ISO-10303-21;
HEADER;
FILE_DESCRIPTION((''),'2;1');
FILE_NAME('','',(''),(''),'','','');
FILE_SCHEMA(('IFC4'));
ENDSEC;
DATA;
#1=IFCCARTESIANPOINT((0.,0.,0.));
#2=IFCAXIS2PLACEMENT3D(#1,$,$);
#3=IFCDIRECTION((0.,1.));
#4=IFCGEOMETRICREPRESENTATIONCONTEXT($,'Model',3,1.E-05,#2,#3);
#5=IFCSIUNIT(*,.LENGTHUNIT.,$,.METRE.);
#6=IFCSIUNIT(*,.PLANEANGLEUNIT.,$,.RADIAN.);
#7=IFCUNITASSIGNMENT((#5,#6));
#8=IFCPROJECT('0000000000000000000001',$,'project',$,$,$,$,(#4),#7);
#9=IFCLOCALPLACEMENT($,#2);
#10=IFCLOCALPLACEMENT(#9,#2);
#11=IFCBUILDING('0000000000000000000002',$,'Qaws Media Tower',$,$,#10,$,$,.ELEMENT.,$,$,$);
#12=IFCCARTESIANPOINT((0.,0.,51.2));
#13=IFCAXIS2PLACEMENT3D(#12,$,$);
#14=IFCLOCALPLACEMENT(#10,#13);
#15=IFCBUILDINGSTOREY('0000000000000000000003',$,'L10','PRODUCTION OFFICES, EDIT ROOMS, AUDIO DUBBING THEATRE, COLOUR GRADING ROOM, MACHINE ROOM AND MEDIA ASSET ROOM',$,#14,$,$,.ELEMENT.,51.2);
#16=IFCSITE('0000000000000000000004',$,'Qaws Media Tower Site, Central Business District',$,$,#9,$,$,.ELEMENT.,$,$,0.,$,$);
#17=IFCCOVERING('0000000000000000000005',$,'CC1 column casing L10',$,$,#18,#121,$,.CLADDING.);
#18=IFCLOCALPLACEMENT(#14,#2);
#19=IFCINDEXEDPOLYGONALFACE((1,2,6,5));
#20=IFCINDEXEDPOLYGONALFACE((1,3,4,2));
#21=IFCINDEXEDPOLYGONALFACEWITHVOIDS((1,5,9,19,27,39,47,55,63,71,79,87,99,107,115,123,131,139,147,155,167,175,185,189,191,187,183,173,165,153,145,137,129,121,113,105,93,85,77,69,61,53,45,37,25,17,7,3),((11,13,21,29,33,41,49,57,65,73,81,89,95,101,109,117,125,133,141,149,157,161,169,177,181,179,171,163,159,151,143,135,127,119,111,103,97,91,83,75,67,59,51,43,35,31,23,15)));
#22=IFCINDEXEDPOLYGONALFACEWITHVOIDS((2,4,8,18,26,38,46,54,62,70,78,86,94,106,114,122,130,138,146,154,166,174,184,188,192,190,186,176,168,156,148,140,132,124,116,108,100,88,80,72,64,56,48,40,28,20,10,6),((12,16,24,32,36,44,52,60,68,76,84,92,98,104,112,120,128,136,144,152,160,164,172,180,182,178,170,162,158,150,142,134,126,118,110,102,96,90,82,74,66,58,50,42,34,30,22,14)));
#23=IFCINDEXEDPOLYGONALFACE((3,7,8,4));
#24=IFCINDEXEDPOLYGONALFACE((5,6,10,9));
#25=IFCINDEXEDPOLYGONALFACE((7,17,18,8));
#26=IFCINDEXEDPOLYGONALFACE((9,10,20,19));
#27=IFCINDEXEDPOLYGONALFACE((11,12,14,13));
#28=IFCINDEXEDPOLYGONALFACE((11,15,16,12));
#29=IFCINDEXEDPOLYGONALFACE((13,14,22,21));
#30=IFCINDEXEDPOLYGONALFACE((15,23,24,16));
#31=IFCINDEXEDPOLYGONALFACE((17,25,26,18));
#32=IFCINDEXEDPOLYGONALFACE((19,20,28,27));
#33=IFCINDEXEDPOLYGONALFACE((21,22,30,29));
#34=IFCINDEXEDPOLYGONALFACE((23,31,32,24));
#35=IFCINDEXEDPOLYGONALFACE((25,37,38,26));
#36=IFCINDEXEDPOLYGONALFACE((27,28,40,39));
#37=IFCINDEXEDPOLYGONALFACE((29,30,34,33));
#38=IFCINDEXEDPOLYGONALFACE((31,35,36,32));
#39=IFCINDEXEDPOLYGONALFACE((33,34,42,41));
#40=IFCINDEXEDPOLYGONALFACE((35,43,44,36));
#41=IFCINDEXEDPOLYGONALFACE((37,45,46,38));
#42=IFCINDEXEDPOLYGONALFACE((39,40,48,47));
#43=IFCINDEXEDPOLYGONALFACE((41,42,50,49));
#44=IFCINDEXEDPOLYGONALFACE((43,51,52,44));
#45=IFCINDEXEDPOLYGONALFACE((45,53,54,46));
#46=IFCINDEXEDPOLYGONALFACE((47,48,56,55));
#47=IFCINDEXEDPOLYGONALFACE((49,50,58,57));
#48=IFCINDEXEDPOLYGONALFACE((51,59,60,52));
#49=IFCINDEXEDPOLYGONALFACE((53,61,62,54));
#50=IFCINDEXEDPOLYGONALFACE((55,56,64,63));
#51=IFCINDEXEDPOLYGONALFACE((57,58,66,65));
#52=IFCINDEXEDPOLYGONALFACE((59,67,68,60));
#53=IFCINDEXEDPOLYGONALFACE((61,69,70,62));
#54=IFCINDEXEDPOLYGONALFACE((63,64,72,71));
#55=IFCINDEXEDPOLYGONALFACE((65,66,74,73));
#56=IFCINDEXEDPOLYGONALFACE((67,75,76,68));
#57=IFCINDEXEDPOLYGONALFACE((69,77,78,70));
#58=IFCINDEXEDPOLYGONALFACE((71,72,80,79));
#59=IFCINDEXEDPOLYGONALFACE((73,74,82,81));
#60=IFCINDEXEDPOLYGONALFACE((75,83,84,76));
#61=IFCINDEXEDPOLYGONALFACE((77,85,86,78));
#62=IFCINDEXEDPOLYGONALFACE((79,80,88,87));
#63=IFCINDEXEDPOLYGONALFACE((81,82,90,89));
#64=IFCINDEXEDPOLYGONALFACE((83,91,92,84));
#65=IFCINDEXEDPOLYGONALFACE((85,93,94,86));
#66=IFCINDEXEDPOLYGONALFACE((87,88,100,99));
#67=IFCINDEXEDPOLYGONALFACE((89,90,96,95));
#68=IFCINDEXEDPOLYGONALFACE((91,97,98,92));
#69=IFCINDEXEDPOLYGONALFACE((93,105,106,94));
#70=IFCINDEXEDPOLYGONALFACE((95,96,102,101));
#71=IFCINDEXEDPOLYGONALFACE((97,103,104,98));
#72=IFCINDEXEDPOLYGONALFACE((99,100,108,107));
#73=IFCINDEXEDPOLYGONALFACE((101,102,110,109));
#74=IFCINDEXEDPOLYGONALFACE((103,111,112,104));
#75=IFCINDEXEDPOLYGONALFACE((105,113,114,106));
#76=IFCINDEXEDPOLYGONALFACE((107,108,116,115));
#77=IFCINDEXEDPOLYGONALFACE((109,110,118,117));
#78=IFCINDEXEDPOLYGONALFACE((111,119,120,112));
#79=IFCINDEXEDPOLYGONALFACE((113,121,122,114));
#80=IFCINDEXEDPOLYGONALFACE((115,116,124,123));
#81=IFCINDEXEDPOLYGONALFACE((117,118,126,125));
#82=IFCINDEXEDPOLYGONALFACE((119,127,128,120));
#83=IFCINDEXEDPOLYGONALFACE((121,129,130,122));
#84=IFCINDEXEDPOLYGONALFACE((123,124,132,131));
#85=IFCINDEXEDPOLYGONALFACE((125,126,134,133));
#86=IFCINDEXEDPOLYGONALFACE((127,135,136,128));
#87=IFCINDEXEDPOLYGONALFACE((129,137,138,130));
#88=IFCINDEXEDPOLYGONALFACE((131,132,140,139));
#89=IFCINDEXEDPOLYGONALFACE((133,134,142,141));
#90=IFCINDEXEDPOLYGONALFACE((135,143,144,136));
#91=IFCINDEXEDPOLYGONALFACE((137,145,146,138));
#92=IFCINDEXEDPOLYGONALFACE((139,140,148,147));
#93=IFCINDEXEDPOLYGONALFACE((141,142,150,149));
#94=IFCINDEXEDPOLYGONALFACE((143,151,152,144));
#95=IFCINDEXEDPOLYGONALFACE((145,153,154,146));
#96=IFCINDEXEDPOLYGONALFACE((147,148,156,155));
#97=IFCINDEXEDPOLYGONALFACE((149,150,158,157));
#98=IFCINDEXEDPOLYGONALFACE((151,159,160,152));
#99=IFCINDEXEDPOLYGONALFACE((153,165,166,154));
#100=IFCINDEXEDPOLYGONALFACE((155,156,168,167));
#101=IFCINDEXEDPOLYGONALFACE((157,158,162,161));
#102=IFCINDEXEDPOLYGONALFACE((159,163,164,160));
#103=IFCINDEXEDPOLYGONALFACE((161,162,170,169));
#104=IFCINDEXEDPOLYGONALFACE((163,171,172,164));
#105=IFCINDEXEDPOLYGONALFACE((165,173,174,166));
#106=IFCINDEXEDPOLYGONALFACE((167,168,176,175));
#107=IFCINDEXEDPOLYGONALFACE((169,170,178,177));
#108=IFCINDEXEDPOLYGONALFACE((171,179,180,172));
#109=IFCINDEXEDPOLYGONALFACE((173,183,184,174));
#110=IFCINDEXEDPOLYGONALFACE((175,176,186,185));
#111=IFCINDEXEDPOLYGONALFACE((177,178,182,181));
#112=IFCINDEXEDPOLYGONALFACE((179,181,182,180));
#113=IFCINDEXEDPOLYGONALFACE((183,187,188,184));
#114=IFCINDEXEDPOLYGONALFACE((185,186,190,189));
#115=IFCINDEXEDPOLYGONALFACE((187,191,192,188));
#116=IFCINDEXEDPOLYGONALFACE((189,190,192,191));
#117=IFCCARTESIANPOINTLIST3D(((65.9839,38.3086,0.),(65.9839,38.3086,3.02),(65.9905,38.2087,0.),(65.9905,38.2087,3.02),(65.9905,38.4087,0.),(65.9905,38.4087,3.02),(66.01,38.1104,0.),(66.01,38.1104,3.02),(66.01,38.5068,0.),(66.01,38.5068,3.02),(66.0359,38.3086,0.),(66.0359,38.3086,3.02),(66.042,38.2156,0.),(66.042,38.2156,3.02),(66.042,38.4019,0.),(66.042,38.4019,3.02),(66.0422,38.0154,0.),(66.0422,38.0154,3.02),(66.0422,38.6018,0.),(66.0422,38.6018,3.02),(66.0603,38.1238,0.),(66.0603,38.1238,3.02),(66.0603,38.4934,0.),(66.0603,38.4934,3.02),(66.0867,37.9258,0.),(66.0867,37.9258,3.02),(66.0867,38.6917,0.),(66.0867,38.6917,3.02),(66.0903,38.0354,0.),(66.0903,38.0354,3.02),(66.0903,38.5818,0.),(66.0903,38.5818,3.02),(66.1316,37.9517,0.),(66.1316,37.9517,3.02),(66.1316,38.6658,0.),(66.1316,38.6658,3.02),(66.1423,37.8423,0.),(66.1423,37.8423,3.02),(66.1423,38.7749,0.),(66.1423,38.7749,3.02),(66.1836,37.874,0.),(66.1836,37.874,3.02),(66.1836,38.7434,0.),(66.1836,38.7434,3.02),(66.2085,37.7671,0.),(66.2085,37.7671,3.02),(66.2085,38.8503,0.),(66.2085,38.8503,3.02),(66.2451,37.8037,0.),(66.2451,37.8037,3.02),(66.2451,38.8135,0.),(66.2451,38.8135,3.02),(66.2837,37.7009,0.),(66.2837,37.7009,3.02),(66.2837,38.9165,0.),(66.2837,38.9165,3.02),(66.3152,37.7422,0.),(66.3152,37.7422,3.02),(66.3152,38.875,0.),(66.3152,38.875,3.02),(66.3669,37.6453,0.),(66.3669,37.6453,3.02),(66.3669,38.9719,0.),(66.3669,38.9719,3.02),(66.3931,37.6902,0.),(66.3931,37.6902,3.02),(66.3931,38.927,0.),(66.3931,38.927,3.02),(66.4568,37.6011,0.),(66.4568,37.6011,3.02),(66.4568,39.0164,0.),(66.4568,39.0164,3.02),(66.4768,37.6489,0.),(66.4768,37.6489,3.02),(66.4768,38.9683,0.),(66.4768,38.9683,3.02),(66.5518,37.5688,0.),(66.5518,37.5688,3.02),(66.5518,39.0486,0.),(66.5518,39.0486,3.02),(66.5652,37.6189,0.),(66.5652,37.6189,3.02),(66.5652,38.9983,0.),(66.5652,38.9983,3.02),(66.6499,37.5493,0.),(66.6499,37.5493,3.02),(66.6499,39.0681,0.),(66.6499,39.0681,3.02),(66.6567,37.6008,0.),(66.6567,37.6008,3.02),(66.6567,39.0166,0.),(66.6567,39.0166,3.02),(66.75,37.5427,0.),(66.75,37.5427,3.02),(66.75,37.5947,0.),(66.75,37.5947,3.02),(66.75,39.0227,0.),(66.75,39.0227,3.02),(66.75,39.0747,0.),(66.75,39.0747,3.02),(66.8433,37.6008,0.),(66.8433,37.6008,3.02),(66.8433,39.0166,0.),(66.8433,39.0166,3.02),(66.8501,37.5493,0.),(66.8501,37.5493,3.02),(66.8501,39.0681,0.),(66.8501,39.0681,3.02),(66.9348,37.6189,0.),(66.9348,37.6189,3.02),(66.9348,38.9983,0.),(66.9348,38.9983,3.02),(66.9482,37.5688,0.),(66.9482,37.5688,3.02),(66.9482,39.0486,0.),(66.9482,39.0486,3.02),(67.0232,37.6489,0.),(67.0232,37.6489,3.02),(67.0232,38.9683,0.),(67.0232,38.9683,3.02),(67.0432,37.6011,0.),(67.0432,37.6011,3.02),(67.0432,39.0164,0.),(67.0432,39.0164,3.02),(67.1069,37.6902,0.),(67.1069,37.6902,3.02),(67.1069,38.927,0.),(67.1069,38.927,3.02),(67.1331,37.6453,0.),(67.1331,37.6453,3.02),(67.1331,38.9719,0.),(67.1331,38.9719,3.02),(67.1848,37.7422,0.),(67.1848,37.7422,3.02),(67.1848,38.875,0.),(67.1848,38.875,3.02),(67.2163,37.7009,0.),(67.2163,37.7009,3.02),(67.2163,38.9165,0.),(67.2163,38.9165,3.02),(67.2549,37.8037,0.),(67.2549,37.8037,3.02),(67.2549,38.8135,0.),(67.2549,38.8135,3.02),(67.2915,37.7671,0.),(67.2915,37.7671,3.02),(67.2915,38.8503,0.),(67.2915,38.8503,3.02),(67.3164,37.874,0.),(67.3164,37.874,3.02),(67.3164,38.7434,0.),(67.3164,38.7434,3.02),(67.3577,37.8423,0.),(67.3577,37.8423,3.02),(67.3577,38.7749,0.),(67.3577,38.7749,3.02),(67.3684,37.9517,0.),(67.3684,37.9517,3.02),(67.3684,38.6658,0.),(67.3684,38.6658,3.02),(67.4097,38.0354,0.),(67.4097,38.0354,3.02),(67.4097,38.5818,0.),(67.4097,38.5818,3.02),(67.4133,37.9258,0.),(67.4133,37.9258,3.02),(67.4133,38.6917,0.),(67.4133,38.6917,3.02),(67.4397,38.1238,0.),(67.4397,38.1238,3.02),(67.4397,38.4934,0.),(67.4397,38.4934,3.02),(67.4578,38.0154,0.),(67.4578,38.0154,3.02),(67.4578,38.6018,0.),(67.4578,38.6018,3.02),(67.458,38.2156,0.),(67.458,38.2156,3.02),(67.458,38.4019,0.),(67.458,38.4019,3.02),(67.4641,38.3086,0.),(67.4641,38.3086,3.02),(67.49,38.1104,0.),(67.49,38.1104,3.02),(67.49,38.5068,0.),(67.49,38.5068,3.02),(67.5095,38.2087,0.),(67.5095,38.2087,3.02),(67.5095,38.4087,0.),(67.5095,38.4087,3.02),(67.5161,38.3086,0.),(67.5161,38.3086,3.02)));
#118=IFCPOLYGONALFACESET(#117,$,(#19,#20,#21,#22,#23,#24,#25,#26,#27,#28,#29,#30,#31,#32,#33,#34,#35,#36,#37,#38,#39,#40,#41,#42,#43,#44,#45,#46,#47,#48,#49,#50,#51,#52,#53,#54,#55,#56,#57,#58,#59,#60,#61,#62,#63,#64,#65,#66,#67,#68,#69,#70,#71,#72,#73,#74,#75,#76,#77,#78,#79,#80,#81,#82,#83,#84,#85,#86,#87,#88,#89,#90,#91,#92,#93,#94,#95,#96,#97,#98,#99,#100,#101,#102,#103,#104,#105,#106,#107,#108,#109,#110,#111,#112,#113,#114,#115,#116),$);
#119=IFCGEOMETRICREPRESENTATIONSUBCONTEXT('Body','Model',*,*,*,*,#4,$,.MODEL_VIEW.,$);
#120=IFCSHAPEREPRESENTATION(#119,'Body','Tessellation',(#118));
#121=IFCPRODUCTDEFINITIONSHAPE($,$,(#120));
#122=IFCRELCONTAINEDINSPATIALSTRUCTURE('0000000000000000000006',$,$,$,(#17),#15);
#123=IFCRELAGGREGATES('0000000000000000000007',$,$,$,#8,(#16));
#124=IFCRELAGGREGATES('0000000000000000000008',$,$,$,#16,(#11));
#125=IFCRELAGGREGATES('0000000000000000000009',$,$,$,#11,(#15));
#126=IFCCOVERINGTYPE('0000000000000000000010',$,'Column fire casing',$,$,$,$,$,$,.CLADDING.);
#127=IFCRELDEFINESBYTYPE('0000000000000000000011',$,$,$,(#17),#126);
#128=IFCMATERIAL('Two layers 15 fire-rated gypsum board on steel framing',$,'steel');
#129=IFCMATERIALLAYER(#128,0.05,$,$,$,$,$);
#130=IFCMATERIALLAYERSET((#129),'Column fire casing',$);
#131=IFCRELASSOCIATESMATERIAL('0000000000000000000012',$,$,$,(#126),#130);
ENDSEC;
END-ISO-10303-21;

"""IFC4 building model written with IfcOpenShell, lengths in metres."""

from ifc_helpers import new_model, si_unit, direction, frame, origin, place, context, subcontext, project, spatial, polyline, outline, extrude, material, layer, layer_set, type_object, element, save


model = new_model("IFC4")

# Units and contexts
model_context = context("Model", 3, precision=1e-05, world=origin(), true_north=direction((0.0, 1.0)))
body_context = subcontext(model_context, "Body", "Model", "MODEL_VIEW")
ifc_project = project(units=[si_unit("LENGTHUNIT", "METRE"), si_unit("PLANEANGLEUNIT", "RADIAN")], contexts=[model_context])

# Site, building, storey
site_placement = place(None, origin())
site = spatial("IfcSite", under=ifc_project, at=site_placement, Name="Qaws Media Tower Site, Central Business District", CompositionType="ELEMENT", RefElevation=0.0)
building_placement = place(site_placement, origin())
building = spatial("IfcBuilding", under=site, at=building_placement, Name="Qaws Media Tower", CompositionType="ELEMENT")
storey_placement = place(building_placement, frame((0.0, 0.0, 51.2)))
storey = spatial("IfcBuildingStorey", under=building, at=storey_placement, Name="L10", Description="PRODUCTION OFFICES, EDIT ROOMS, AUDIO DUBBING THEATRE, COLOUR GRADING ROOM, MACHINE ROOM AND MEDIA ASSET ROOM", CompositionType="ELEMENT", Elevation=51.2)

# Covering
ifc_material_1 = material(Name="Two layers 15 fire-rated gypsum board on steel framing", Category="steel")
ifc_layer_1 = layer(ifc_material_1, 0.05)
ifc_layer_set_1 = layer_set([ifc_layer_1], Name="Column fire casing")
covering_type_1 = type_object("IfcCoveringType", Name="Column fire casing", PredefinedType="CLADDING", material=ifc_layer_set_1)
covering_1_placement = place(storey_placement, origin())
element("IfcCovering", 1, at=covering_1_placement, inside=storey, type_object=covering_type_1, Name="CC1 column casing L10", PredefinedType="CLADDING", context=body_context, shape_type="SweptSolid", body=[
    extrude(outline(polyline([(67.5161, 38.3086), (67.5095, 38.2087), (67.49, 38.1104), (67.4578, 38.0154), (67.4133, 37.9258), (67.3577, 37.8423), (67.2915, 37.7671), (67.2163, 37.7009), (67.1331, 37.6453), (67.0432, 37.6011), (66.9482, 37.5688), (66.8501, 37.5493), (66.75, 37.5427), (66.6499, 37.5493), (66.5518, 37.5688), (66.4568, 37.6011), (66.3669, 37.6453), (66.2837, 37.7009), (66.2085, 37.7671), (66.1423, 37.8423), (66.0867, 37.9258), (66.0422, 38.0154), (66.01, 38.1104), (65.9905, 38.2087), (65.9839, 38.3086), (65.9905, 38.4087), (66.01, 38.5068), (66.0422, 38.6018), (66.0867, 38.6917), (66.1423, 38.7749), (66.2085, 38.8503), (66.2837, 38.9165), (66.3669, 38.9719), (66.4568, 39.0164), (66.5518, 39.0486), (66.6499, 39.0681), (66.75, 39.0747), (66.8501, 39.0681), (66.9482, 39.0486), (67.0432, 39.0164), (67.1331, 38.9719), (67.2163, 38.9165), (67.2915, 38.8503), (67.3577, 38.7749), (67.4133, 38.6917), (67.4578, 38.6018), (67.49, 38.5068), (67.5095, 38.4087), (67.5161, 38.3086)]), holes=[polyline([(67.4641, 38.3086), (67.458, 38.2156), (67.4397, 38.1238), (67.4097, 38.0354), (67.3684, 37.9517), (67.3164, 37.874), (67.2549, 37.8037), (67.1848, 37.7422), (67.1069, 37.6902), (67.0232, 37.6489), (66.9348, 37.6189), (66.8433, 37.6008), (66.75, 37.5947), (66.6567, 37.6008), (66.5652, 37.6189), (66.4768, 37.6489), (66.3931, 37.6902), (66.3152, 37.7422), (66.2451, 37.8037), (66.1836, 37.874), (66.1316, 37.9517), (66.0903, 38.0354), (66.0603, 38.1238), (66.042, 38.2156), (66.0359, 38.3086), (66.042, 38.4019), (66.0603, 38.4934), (66.0903, 38.5818), (66.1316, 38.6658), (66.1836, 38.7434), (66.2451, 38.8135), (66.3152, 38.875), (66.3931, 38.927), (66.4768, 38.9683), (66.5652, 38.9983), (66.6567, 39.0166), (66.75, 39.0227), (66.8433, 39.0166), (66.9348, 38.9983), (67.0232, 38.9683), (67.1069, 38.927), (67.1848, 38.875), (67.2549, 38.8135), (67.3164, 38.7434), (67.3684, 38.6658), (67.4097, 38.5818), (67.4397, 38.4934), (67.458, 38.4019), (67.4641, 38.3086)])]), origin(), (0.0, 0.0, 1.0), 3.02),
])

save(model, "model.ifc")
